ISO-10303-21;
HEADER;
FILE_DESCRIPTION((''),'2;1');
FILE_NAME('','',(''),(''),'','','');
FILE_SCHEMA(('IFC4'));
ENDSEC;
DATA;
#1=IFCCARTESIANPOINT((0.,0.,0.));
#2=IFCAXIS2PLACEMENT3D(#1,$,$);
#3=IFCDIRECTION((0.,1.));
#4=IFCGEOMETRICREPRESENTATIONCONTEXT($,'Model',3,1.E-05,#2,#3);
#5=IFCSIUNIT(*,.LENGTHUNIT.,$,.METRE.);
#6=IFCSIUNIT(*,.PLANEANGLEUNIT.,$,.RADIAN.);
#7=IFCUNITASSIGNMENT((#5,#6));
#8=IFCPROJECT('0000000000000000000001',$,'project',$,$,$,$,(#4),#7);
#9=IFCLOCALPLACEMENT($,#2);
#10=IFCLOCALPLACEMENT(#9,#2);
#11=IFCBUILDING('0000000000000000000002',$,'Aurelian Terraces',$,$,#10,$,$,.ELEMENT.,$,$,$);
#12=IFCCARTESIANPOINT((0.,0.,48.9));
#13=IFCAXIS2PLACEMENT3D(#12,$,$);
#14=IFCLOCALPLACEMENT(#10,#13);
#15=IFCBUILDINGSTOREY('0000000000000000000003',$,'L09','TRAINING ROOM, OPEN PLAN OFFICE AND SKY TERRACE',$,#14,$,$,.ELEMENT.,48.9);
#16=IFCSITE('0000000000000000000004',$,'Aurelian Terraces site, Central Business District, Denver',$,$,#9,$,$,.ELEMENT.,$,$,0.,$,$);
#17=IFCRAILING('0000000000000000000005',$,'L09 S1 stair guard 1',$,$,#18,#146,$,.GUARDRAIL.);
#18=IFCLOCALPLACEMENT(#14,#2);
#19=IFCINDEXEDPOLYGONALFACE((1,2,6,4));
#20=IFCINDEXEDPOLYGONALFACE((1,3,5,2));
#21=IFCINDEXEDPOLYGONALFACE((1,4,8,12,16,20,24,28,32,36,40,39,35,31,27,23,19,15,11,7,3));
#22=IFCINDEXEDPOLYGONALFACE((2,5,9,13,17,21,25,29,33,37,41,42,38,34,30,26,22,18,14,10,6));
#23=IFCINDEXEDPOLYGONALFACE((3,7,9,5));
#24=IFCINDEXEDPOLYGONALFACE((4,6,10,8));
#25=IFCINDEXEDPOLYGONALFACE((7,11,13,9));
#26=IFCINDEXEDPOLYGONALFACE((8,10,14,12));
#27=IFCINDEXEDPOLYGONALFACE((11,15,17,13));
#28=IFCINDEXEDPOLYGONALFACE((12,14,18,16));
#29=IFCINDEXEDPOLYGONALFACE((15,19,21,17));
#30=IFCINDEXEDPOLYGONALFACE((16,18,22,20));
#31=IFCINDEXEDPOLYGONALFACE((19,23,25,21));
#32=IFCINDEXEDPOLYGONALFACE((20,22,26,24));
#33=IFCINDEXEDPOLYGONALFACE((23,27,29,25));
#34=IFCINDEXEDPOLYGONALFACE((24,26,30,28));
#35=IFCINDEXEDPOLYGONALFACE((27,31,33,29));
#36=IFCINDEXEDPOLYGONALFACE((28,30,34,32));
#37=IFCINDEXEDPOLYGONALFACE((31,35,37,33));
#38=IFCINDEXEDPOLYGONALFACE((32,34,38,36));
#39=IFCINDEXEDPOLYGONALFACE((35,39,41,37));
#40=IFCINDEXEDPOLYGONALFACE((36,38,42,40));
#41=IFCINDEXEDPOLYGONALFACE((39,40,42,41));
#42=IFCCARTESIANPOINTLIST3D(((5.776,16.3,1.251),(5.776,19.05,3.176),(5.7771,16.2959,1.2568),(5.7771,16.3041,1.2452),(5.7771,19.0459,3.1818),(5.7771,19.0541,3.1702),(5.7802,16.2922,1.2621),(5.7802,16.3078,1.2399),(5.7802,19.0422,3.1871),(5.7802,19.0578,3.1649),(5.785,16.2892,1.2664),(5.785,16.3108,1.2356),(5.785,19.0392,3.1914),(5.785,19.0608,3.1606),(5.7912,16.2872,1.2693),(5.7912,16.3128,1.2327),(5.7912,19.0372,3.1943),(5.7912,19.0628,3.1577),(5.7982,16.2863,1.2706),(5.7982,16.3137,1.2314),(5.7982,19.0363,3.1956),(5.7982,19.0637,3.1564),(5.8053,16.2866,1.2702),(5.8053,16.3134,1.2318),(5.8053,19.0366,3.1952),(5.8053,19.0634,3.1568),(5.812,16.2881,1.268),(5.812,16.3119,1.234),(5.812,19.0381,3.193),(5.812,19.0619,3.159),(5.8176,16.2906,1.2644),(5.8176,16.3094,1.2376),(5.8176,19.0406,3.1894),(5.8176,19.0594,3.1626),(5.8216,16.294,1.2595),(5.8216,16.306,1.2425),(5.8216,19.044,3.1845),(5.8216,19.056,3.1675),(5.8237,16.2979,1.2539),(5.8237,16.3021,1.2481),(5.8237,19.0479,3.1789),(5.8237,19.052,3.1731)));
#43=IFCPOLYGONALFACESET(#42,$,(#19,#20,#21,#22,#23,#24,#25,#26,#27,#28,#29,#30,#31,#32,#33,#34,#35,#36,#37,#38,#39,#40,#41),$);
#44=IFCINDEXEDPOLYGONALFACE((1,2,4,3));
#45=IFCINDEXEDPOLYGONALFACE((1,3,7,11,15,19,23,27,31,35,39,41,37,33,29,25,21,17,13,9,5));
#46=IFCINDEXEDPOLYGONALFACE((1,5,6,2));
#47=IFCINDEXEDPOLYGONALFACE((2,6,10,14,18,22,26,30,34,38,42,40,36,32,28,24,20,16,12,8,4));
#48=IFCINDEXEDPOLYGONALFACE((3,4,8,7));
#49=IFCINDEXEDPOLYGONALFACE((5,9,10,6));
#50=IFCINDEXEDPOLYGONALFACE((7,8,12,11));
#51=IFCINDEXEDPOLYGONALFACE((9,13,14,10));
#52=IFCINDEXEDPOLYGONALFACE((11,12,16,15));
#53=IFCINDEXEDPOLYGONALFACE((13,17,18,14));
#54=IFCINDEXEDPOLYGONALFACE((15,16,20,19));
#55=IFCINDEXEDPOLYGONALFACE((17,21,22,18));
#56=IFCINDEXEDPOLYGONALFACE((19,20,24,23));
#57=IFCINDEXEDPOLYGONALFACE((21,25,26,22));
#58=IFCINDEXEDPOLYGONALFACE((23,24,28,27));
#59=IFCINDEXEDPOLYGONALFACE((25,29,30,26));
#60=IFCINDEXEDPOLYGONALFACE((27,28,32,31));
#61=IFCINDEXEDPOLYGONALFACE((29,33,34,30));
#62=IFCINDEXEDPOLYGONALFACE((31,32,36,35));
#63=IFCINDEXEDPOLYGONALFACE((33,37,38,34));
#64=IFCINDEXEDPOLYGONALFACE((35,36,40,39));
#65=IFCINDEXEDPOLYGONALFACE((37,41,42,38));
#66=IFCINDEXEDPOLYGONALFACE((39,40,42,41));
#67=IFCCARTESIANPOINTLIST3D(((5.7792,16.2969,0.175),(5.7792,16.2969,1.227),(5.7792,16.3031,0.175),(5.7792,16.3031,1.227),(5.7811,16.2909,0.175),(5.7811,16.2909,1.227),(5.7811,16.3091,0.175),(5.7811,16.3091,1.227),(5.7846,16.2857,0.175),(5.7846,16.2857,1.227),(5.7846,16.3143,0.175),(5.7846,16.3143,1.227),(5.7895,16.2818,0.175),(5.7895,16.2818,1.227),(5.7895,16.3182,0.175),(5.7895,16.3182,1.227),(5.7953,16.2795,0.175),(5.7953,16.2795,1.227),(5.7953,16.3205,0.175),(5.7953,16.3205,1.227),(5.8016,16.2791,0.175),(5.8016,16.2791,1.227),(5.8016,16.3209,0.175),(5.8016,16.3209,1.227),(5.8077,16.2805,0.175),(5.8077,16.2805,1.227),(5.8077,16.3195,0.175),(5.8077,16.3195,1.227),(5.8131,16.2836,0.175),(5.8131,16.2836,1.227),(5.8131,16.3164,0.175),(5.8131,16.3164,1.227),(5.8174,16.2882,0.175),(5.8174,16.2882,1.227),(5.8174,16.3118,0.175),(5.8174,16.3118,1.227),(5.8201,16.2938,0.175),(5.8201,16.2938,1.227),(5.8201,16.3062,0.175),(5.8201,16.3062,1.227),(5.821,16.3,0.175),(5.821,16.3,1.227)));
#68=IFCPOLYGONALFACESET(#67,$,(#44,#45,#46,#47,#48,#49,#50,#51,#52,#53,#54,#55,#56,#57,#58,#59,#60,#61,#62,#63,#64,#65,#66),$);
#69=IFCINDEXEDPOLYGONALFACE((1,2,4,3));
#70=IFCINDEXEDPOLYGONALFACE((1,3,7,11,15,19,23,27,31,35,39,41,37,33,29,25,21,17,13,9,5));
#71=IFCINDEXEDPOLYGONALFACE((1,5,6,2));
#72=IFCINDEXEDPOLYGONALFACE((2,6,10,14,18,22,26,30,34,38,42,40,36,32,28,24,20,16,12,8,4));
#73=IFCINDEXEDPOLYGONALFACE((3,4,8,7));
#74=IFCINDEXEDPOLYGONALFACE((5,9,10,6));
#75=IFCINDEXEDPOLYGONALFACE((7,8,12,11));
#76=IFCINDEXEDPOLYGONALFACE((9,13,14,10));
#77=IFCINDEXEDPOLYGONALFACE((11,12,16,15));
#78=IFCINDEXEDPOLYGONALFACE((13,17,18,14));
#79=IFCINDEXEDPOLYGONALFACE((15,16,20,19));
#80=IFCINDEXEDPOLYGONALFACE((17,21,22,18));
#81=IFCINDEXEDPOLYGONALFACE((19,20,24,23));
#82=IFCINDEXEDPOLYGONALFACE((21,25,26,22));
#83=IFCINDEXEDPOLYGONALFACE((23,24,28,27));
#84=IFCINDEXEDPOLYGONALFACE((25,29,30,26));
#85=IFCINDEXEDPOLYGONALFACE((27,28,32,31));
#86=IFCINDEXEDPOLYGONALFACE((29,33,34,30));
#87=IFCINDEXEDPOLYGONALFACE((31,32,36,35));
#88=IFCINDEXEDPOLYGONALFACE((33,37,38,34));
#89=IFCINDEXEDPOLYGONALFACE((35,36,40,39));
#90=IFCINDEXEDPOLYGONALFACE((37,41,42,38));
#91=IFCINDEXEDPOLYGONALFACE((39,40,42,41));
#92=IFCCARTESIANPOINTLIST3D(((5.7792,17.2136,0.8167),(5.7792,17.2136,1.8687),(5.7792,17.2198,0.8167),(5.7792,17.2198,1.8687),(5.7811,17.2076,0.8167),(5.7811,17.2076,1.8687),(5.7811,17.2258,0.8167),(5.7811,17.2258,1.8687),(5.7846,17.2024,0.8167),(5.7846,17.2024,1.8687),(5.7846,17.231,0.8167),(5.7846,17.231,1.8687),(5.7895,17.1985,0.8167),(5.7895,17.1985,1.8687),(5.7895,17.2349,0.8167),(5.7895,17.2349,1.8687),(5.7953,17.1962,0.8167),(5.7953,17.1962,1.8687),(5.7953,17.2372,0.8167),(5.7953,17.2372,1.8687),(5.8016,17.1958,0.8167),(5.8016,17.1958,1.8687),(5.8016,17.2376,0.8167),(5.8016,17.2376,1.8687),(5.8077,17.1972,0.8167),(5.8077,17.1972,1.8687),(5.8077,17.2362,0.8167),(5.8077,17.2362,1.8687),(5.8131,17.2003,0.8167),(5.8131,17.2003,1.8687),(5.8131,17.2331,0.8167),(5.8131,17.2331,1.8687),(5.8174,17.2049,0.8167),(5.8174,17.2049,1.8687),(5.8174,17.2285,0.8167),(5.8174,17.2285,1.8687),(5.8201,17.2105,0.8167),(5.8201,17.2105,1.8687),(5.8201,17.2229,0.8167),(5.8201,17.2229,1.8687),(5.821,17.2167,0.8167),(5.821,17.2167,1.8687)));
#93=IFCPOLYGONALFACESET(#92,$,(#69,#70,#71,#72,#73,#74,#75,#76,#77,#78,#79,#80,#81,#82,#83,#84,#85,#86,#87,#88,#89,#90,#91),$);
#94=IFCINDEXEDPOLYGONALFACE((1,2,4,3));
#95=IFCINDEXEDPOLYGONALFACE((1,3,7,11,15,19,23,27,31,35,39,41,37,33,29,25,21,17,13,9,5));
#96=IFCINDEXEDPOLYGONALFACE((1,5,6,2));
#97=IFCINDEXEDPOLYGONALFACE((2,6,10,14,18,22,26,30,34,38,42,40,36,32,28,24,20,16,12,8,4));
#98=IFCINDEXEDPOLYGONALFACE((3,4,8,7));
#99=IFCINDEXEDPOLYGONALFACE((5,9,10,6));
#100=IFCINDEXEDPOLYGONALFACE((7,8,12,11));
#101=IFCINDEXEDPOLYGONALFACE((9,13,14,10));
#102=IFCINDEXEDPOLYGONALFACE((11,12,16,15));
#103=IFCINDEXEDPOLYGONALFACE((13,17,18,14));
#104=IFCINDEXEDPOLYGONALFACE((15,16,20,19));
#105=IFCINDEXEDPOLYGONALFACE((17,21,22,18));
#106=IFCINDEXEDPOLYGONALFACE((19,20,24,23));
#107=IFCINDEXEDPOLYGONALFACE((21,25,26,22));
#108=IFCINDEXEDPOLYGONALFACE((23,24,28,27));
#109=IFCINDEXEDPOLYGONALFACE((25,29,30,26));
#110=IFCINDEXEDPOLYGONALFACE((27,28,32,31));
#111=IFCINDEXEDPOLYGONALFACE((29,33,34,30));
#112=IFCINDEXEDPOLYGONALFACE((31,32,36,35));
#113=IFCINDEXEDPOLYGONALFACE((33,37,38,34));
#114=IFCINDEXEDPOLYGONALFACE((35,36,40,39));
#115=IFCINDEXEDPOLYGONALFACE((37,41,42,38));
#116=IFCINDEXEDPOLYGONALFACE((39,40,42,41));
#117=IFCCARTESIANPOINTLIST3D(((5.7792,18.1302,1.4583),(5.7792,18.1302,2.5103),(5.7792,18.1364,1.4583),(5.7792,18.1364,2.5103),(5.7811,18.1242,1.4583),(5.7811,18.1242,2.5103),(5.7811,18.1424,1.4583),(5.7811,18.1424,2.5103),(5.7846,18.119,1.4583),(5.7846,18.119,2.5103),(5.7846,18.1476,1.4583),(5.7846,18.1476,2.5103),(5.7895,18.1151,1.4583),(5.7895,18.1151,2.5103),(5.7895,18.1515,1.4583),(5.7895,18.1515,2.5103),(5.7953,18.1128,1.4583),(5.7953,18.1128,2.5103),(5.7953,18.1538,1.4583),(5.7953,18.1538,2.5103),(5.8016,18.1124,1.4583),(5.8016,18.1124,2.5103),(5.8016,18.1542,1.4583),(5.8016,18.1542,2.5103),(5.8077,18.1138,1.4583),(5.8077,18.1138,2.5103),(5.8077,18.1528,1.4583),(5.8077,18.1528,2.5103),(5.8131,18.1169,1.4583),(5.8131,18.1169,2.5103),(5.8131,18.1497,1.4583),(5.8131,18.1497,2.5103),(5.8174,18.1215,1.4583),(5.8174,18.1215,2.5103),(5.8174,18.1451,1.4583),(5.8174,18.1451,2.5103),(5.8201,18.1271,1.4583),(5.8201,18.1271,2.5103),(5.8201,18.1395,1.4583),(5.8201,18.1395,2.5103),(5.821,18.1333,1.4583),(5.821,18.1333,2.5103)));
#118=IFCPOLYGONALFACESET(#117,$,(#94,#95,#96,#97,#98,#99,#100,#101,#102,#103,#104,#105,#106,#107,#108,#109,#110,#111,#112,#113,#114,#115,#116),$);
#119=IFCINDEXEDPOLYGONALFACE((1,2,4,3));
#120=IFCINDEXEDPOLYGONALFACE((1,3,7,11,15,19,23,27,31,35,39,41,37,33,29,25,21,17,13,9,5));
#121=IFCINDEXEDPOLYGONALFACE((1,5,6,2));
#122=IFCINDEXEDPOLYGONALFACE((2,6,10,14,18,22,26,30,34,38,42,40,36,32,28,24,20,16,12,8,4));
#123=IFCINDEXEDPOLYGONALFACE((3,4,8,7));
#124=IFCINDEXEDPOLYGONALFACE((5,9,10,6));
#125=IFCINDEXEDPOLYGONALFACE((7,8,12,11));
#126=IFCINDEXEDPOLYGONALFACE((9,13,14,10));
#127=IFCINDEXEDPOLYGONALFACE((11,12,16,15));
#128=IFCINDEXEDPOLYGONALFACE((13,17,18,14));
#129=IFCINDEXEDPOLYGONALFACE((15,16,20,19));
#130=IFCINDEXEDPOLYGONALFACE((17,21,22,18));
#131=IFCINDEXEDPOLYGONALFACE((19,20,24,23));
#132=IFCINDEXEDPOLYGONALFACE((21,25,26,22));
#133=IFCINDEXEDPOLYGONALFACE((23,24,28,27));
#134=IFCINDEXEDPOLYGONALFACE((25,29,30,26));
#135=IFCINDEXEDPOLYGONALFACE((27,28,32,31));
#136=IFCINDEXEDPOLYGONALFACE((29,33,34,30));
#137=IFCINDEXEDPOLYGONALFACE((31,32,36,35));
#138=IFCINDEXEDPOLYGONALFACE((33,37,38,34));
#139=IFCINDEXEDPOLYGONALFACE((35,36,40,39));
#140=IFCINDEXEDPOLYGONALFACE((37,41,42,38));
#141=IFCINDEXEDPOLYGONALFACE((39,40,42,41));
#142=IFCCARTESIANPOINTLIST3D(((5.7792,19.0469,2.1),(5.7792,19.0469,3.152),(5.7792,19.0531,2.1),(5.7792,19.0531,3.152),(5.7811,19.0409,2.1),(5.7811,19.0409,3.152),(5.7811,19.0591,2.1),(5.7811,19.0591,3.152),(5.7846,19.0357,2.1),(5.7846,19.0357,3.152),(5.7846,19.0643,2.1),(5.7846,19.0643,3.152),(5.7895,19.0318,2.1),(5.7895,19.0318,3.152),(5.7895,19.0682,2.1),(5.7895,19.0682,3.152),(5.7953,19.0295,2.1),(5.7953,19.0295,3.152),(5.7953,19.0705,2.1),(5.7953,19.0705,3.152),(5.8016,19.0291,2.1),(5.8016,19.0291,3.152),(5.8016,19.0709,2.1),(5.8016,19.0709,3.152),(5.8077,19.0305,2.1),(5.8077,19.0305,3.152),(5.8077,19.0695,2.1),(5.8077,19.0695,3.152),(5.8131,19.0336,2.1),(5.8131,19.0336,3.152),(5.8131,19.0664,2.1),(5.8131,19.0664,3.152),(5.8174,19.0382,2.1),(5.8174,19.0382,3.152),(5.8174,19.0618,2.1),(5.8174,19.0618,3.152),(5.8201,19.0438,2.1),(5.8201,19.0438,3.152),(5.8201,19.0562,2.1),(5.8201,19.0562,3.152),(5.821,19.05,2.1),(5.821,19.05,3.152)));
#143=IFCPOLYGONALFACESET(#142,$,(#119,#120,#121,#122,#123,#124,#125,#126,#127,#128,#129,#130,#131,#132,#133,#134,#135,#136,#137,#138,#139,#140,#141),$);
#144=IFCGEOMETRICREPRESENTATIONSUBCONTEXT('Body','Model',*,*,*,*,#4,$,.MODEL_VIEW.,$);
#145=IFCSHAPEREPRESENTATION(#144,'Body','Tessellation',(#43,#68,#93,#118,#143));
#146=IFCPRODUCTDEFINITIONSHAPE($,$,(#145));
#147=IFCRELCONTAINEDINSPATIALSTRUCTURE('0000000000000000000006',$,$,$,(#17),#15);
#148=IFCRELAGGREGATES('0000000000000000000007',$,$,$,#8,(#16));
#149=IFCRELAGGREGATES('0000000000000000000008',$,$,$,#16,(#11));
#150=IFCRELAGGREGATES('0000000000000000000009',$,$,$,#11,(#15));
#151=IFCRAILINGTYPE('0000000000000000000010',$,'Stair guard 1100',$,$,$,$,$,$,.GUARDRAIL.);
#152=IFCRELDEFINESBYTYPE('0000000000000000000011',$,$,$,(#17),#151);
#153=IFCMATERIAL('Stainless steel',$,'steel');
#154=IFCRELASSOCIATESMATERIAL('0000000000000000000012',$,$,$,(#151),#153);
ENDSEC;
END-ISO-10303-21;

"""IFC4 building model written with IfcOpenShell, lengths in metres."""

from ifc_helpers import new_model, si_unit, direction, frame, origin, origin_2d, place, context, subcontext, project, spatial, circle, extrude, source, transform, mapped, material, type_object, element, save


model = new_model("IFC4")

# Units and contexts
model_context = context("Model", 3, precision=1e-05, world=origin(), true_north=direction((0.0, 1.0)))
body_context = subcontext(model_context, "Body", "Model", "MODEL_VIEW")
ifc_project = project(units=[si_unit("LENGTHUNIT", "METRE"), si_unit("PLANEANGLEUNIT", "RADIAN")], contexts=[model_context])

# Site, building, storey
site_placement = place(None, origin())
site = spatial("IfcSite", under=ifc_project, at=site_placement, Name="Aurelian Terraces site, Central Business District, Denver", CompositionType="ELEMENT", RefElevation=0.0)
building_placement = place(site_placement, origin())
building = spatial("IfcBuilding", under=site, at=building_placement, Name="Aurelian Terraces", CompositionType="ELEMENT")
storey_placement = place(building_placement, frame((0.0, 0.0, 48.9)))
storey = spatial("IfcBuildingStorey", under=building, at=storey_placement, Name="L09", Description="TRAINING ROOM, OPEN PLAN OFFICE AND SKY TERRACE", CompositionType="ELEMENT", Elevation=48.9)

# Railing
ifc_material_1 = material(Name="Stainless steel", Category="steel")
railing_type_1 = type_object("IfcRailingType", Name="Stair guard 1100", PredefinedType="GUARDRAIL", material=ifc_material_1)
shared_shape_1 = source(origin(), body_context, "Body", "SweptSolid", [
    extrude(circle(Radius=0.024, at=origin_2d()), frame((0.0, 0.0, 1.076), z_axis=(0.0, 0.819232, 0.573462), x_axis=(-1.0, 0.0, 0.0)), (0.0, 0.0, 1.0), 3.3568),
    extrude(circle(Radius=0.021, at=origin_2d()), origin(), (0.0, 0.0, 1.0), 1.052),
    extrude(circle(Radius=0.021, at=origin_2d()), frame((0.0, 0.9167, 0.6417)), (0.0, 0.0, 1.0), 1.052),
    extrude(circle(Radius=0.021, at=origin_2d()), frame((0.0, 1.8333, 1.2833)), (0.0, 0.0, 1.0), 1.052),
    extrude(circle(Radius=0.021, at=origin_2d()), frame((0.0, 2.75, 1.925)), (0.0, 0.0, 1.0), 1.052),
])
railing_1_placement = place(storey_placement, frame((5.8, 16.3, 0.175)))
element("IfcRailing", 1, at=railing_1_placement, inside=storey, type_object=railing_type_1, Name="L09 S1 stair guard 1", PredefinedType="GUARDRAIL", context=body_context, shape_type="MappedRepresentation", body=[
    mapped(shared_shape_1, transform((0.0, 0.0, 0.0), scale=1.0)),
])

save(model, "model.ifc")
